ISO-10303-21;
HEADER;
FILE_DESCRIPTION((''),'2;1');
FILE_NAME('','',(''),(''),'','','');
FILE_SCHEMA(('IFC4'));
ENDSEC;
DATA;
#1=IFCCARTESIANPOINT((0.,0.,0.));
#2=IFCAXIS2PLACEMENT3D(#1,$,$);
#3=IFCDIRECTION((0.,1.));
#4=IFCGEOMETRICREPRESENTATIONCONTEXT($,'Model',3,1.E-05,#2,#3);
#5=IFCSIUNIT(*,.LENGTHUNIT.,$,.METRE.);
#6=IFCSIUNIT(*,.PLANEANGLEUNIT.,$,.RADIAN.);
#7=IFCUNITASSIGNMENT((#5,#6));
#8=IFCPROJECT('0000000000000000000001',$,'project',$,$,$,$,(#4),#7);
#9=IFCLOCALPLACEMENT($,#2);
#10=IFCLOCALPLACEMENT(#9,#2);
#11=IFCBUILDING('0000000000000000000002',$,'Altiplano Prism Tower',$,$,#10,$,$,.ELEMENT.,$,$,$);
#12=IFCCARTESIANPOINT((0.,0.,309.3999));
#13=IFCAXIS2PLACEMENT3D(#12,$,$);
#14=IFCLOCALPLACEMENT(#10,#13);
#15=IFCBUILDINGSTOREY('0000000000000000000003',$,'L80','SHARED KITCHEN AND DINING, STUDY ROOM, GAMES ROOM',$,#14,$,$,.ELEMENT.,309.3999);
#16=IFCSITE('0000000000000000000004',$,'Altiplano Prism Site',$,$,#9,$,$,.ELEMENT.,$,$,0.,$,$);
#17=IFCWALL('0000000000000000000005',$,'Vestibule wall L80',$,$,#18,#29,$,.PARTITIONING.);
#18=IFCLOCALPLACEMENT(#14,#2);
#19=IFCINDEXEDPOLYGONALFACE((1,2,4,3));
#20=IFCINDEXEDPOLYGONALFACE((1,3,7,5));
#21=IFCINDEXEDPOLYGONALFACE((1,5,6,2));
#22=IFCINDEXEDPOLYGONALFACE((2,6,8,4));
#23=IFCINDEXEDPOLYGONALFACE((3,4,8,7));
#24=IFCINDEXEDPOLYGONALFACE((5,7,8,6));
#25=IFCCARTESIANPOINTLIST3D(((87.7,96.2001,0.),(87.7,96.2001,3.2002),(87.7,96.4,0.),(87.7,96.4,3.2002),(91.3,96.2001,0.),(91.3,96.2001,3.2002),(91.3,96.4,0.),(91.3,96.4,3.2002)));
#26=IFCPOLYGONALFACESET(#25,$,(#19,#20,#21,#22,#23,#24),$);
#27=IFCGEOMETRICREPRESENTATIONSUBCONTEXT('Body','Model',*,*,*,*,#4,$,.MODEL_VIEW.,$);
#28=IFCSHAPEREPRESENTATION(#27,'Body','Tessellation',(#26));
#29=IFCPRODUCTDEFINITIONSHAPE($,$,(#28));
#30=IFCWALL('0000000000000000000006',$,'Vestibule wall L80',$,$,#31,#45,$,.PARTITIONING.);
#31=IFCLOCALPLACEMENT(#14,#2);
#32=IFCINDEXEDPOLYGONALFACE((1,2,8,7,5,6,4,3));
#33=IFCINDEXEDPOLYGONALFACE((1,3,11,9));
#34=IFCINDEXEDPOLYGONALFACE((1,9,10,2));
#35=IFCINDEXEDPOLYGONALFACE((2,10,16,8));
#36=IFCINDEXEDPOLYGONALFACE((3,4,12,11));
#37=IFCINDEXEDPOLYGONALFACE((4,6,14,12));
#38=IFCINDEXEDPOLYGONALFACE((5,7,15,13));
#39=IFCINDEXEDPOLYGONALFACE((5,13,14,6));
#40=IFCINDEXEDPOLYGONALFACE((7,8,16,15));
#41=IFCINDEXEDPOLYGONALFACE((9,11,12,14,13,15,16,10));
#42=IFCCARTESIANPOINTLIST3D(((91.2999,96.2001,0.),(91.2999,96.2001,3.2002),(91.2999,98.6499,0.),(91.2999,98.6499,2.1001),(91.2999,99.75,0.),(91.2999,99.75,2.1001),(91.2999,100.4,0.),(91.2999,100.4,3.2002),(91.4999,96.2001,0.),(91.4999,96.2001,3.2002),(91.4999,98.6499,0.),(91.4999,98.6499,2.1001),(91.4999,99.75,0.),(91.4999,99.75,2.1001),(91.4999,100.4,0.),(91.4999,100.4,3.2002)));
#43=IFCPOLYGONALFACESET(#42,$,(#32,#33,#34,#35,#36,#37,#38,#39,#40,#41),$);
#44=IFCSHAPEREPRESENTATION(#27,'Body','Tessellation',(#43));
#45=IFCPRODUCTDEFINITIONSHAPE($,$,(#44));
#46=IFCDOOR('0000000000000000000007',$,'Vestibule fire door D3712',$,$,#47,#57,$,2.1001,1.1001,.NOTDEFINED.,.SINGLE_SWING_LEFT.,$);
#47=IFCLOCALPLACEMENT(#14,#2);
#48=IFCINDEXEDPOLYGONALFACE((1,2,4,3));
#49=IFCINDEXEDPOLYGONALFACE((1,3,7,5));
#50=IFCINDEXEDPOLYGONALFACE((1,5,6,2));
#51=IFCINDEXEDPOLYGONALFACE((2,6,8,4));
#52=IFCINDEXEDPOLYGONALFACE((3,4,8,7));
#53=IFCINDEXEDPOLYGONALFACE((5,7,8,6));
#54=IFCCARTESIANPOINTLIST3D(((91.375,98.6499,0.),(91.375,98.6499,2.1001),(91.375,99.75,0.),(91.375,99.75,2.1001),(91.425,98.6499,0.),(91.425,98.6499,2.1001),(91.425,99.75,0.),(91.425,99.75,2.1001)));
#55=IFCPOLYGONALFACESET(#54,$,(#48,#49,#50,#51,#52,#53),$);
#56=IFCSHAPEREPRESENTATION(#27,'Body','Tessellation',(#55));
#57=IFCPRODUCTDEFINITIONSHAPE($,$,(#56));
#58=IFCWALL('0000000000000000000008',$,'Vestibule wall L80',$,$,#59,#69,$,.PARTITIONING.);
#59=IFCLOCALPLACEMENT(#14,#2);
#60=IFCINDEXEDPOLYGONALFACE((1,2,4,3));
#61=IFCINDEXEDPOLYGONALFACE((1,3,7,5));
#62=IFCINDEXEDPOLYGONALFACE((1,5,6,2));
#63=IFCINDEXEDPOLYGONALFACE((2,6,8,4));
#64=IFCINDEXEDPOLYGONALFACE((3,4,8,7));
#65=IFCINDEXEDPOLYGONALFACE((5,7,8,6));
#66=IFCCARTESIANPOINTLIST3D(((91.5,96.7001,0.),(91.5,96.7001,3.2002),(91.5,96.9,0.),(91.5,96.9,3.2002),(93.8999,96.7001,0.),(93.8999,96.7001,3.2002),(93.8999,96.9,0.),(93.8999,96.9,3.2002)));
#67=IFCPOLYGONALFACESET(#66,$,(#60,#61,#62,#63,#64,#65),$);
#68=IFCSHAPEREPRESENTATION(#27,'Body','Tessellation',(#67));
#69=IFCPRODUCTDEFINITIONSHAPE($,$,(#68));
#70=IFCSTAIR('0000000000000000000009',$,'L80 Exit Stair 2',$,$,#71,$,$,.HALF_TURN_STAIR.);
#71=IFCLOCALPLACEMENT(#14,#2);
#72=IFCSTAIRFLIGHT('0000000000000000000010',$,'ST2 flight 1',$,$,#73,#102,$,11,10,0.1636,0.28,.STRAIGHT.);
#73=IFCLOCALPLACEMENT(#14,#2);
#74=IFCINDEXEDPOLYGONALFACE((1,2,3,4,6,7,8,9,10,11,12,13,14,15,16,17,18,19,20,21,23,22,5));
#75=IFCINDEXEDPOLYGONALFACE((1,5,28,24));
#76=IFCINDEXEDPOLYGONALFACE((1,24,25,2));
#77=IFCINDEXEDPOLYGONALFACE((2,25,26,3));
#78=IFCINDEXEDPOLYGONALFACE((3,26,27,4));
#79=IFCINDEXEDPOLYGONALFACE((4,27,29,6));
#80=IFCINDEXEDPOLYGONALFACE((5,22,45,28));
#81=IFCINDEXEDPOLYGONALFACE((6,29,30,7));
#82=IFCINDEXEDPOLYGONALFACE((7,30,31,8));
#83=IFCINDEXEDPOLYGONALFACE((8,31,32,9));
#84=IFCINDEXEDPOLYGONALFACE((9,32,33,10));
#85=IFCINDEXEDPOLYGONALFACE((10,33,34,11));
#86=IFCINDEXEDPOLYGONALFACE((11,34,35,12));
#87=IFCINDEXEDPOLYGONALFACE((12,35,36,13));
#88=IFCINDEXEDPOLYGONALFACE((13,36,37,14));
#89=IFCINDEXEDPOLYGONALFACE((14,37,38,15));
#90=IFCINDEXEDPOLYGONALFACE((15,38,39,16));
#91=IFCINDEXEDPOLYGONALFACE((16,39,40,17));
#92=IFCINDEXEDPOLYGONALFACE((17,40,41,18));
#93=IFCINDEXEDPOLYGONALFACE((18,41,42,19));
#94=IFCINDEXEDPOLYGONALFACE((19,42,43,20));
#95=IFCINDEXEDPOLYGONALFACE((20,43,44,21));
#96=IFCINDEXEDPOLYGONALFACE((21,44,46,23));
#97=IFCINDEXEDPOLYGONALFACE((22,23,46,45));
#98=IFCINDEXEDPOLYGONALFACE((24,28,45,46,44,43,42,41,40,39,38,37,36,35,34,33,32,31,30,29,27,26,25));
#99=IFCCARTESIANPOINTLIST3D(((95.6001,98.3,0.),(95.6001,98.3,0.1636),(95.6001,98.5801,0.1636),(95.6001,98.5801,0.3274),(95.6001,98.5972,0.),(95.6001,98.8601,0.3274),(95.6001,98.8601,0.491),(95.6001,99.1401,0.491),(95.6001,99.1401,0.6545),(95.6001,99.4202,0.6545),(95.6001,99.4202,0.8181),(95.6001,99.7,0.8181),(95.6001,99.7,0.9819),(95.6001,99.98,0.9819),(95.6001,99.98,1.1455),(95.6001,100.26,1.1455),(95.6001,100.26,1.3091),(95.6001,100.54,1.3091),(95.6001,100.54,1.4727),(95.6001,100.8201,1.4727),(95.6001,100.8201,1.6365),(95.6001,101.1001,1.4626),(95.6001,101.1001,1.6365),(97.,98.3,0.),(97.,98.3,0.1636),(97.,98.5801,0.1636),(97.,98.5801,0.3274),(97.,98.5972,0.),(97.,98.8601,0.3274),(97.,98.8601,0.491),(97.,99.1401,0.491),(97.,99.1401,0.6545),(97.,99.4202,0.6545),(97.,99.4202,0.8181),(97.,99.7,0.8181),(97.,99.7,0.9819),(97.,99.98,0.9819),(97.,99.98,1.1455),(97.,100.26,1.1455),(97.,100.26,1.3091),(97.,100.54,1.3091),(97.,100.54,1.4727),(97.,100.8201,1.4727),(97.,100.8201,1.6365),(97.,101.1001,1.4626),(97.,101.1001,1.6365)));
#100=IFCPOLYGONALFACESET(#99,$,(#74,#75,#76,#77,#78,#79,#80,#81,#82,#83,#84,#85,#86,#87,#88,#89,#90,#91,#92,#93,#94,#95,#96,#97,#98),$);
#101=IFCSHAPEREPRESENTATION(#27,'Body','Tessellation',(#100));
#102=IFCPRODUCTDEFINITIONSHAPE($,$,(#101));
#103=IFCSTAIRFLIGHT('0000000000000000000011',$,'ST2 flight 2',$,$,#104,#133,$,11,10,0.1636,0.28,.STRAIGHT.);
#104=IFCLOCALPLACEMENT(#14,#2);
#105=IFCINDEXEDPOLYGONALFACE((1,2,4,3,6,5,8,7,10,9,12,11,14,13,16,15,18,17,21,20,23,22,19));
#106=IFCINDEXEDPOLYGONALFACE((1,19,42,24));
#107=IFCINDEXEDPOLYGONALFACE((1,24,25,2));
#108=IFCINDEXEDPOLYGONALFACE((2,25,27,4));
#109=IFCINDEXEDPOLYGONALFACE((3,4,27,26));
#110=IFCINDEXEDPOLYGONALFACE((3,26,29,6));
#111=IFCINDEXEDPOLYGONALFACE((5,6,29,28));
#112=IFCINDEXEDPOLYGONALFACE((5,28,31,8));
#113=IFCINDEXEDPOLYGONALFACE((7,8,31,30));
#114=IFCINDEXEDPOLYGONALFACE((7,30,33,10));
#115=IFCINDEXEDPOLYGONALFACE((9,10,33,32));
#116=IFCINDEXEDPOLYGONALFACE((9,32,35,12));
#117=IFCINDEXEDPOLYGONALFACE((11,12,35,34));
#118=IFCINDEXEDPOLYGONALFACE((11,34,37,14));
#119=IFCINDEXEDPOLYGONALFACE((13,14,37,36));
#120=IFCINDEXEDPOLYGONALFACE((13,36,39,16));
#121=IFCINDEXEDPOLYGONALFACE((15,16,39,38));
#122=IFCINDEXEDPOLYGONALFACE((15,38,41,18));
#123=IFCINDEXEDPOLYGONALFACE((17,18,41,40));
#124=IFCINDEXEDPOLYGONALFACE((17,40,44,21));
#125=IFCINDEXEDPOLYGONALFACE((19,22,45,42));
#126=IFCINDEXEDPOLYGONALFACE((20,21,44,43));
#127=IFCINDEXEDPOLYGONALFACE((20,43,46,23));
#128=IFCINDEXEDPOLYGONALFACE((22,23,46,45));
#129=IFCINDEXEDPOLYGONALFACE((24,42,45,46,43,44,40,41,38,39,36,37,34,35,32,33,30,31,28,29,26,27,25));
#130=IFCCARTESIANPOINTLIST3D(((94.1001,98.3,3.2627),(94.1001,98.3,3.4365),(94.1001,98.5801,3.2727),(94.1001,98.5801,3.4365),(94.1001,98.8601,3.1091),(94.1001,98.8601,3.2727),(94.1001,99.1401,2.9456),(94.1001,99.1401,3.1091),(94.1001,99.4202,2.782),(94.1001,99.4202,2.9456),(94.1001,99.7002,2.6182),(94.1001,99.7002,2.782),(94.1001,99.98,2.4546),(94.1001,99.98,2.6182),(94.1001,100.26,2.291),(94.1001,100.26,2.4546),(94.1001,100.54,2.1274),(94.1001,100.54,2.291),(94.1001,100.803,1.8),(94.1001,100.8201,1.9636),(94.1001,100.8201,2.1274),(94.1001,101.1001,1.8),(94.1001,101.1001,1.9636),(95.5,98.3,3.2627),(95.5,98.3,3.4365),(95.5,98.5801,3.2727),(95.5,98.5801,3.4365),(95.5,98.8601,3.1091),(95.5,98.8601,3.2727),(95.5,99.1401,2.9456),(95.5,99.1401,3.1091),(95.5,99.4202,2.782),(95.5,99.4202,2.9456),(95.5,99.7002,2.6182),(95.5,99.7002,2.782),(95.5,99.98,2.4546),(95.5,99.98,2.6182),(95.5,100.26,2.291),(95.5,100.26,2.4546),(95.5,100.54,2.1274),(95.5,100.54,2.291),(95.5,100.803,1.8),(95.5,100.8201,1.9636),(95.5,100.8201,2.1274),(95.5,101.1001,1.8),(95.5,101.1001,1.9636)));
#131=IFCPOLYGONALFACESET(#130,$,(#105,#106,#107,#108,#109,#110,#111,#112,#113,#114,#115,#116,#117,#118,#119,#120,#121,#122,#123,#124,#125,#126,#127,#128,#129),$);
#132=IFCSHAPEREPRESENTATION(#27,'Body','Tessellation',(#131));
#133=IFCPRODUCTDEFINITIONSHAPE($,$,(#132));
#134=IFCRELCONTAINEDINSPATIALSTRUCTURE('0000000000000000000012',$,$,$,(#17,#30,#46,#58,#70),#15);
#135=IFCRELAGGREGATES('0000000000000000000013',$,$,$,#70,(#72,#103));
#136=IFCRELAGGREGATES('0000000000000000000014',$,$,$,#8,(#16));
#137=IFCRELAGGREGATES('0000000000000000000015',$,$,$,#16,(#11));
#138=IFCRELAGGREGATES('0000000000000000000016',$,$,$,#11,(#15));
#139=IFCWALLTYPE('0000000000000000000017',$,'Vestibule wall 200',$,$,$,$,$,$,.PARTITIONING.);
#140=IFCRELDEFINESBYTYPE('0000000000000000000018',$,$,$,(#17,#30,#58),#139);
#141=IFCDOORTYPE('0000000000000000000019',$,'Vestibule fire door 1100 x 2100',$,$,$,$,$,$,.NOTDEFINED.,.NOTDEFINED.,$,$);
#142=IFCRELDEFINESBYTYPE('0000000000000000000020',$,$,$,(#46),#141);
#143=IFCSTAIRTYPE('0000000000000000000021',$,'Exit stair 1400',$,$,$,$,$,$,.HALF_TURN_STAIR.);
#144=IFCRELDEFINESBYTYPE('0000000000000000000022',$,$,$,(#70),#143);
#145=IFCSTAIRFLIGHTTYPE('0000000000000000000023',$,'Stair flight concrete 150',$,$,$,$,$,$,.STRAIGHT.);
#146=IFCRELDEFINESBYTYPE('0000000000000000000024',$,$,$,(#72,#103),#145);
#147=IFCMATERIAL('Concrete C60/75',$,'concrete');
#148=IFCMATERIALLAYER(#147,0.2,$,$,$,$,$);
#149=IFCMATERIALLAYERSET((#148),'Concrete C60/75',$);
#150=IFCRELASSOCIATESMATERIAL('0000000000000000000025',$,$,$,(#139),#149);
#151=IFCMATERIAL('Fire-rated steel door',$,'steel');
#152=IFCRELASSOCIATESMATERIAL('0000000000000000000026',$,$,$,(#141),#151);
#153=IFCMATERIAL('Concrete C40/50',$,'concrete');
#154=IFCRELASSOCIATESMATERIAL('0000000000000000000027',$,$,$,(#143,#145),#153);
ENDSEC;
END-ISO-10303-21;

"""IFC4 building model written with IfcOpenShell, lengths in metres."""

from ifc_helpers import new_model, si_unit, direction, frame, frame_2d, origin, place, context, subcontext, project, spatial, polyline, rectangle, outline, extrude, material, layer, layer_set, type_object, element, fill, aggregate, save


model = new_model("IFC4")

# Units and contexts
model_context = context("Model", 3, precision=1e-05, world=origin(), true_north=direction((0.0, 1.0)))
body_context = subcontext(model_context, "Body", "Model", "MODEL_VIEW")
ifc_project = project(units=[si_unit("LENGTHUNIT", "METRE"), si_unit("PLANEANGLEUNIT", "RADIAN")], contexts=[model_context])

# Site, building, storey
site_placement = place(None, origin())
site = spatial("IfcSite", under=ifc_project, at=site_placement, Name="Altiplano Prism Site", CompositionType="ELEMENT", RefElevation=0.0)
building_placement = place(site_placement, origin())
building = spatial("IfcBuilding", under=site, at=building_placement, Name="Altiplano Prism Tower", CompositionType="ELEMENT")
storey_placement = place(building_placement, frame((0.0, 0.0, 309.3999)))
storey = spatial("IfcBuildingStorey", under=building, at=storey_placement, Name="L80", Description="SHARED KITCHEN AND DINING, STUDY ROOM, GAMES ROOM", CompositionType="ELEMENT", Elevation=309.3999)

# Shared definitions
ifc_material_1 = material(Name="Concrete C60/75", Category="concrete")

# Shared definitions
ifc_material_2 = material(Name="Fire-rated steel door", Category="steel")

# Shared definitions
ifc_layer_1 = layer(ifc_material_1, 0.2)
ifc_layer_set_1 = layer_set([ifc_layer_1], Name="Concrete C60/75")
wall_type_1 = type_object("IfcWallType", Name="Vestibule wall 200", PredefinedType="PARTITIONING", material=ifc_layer_set_1)

# Shared definitions
door_type_1 = type_object("IfcDoorType", Name="Vestibule fire door 1100 x 2100", OperationType="NOTDEFINED", PredefinedType="NOTDEFINED", material=ifc_material_2)

# Wall
wall_1_placement = place(storey_placement, frame((87.7, 96.3, 0.0), z_axis=(0.0, 0.0, 1.0), x_axis=(1.0, 0.0, 0.0)))
element("IfcWall", 1, at=wall_1_placement, inside=storey, type_object=wall_type_1, Name="Vestibule wall L80", PredefinedType="PARTITIONING", context=body_context, shape_type="SweptSolid", body=[
    extrude(rectangle(XDim=3.6001, YDim=0.2, at=frame_2d((1.8, 0.0))), origin(), (0.0, 0.0, 1.0), 3.2002),
])

# Wall, opening, door
wall_2_placement = place(storey_placement, frame((91.3999, 96.2, 0.0), z_axis=(0.0, 0.0, 1.0), x_axis=(0.0, 1.0, 0.0)))
wall_2 = element("IfcWall", 2, at=wall_2_placement, inside=storey, type_object=wall_type_1, Name="Vestibule wall L80", PredefinedType="PARTITIONING", context=body_context, shape_type="SweptSolid", body=[
    extrude(rectangle(XDim=4.2, YDim=0.2, at=frame_2d((2.1001, 0.0))), origin(), (0.0, 0.0, 1.0), 3.2002),
])
opening_1_placement = place(wall_2_placement, frame((2.45, 0.0, 0.0)))
opening_1 = element("IfcOpeningElement", 3, at=opening_1_placement, cuts=wall_2, PredefinedType="OPENING", context=body_context, shape_type="SweptSolid", body=[
    extrude(rectangle(XDim=1.1001, YDim=2.1001, at=frame_2d((0.55, 1.05))), frame((0.0, 0.1104, 0.0), z_axis=(0.0, -1.0, 0.0), x_axis=(1.0, 0.0, 0.0)), (0.0, 0.0, 1.0), 0.2209),
])
door_1_placement = place(opening_1_placement, origin())
door_1 = element("IfcDoor", 4, at=door_1_placement, inside=storey, type_object=door_type_1, Name="Vestibule fire door D3712", OperationType="SINGLE_SWING_LEFT", OverallHeight=2.1001, OverallWidth=1.1001, PredefinedType="NOTDEFINED", context=body_context, shape_type="SweptSolid", body=[
    extrude(rectangle(XDim=1.1001, YDim=2.1001, at=frame_2d((0.55, 1.05))), frame((0.0, 0.0249, 0.0), z_axis=(0.0, -1.0, 0.0), x_axis=(1.0, 0.0, 0.0)), (0.0, 0.0, 1.0), 0.05),
])
fill(opening_1, door_1)

# Wall
wall_3_placement = place(storey_placement, frame((91.5, 96.8, 0.0), z_axis=(0.0, 0.0, 1.0), x_axis=(1.0, 0.0, 0.0)))
element("IfcWall", 5, at=wall_3_placement, inside=storey, type_object=wall_type_1, Name="Vestibule wall L80", PredefinedType="PARTITIONING", context=body_context, shape_type="SweptSolid", body=[
    extrude(rectangle(XDim=2.3999, YDim=0.2, at=frame_2d((1.2, 0.0))), origin(), (0.0, 0.0, 1.0), 3.2002),
])

# Stair, stair flights
ifc_material_3 = material(Name="Concrete C40/50", Category="concrete")
stair_type = type_object("IfcStairType", Name="Exit stair 1400", PredefinedType="HALF_TURN_STAIR", material=ifc_material_3)
stair_placement = place(storey_placement, origin())
stair = element("IfcStair", 6, at=stair_placement, inside=storey, type_object=stair_type, Name="L80 Exit Stair 2", PredefinedType="HALF_TURN_STAIR")
stair_flight_type = type_object("IfcStairFlightType", Name="Stair flight concrete 150", PredefinedType="STRAIGHT", material=ifc_material_3)
stair_flight_1_placement = place(storey_placement, frame((96.3, 98.3, 0.0), z_axis=(0.0, 0.0, 1.0), x_axis=(0.0, 1.0, 0.0)))
stair_flight_1 = element("IfcStairFlight", 7, at=stair_flight_1_placement, type_object=stair_flight_type, Name="ST2 flight 1", NumberOfRisers=11, NumberOfTreads=10, PredefinedType="STRAIGHT", RiserHeight=0.1636, TreadLength=0.28, context=body_context, shape_type="SweptSolid", body=[
    extrude(outline(polyline([(0.0, 0.0), (0.0, 0.1636), (0.28, 0.1636), (0.28, 0.3274), (0.5601, 0.3274), (0.5601, 0.491), (0.8401, 0.491), (0.8401, 0.6545), (1.1201, 0.6545), (1.1201, 0.8181), (1.3999, 0.8181), (1.3999, 0.9819), (1.6799, 0.9819), (1.6799, 1.1455), (1.96, 1.1455), (1.96, 1.3091), (2.24, 1.3091), (2.24, 1.4727), (2.52, 1.4727), (2.52, 1.6365), (2.8, 1.6365), (2.8, 1.8), (2.8, 1.4626), (0.2971, 0.0), (0.0, 0.0)])), frame((0.0, 0.7, 0.0), z_axis=(0.0, -1.0, 0.0), x_axis=(1.0, 0.0, 0.0)), (0.0, 0.0, 1.0), 1.3999),
])
stair_flight_2_placement = place(storey_placement, frame((94.8, 101.1001, 1.8), z_axis=(0.0, 0.0, 1.0), x_axis=(0.0, -1.0, 0.0)))
stair_flight_2 = element("IfcStairFlight", 8, at=stair_flight_2_placement, type_object=stair_flight_type, Name="ST2 flight 2", NumberOfRisers=11, NumberOfTreads=10, PredefinedType="STRAIGHT", RiserHeight=0.1636, TreadLength=0.28, context=body_context, shape_type="SweptSolid", body=[
    extrude(outline(polyline([(0.0, 0.0), (0.0, 0.1636), (0.28, 0.1636), (0.28, 0.3274), (0.5601, 0.3274), (0.5601, 0.491), (0.8401, 0.491), (0.8401, 0.6545), (1.1201, 0.6545), (1.1201, 0.8181), (1.3999, 0.8181), (1.3999, 0.9819), (1.6799, 0.9819), (1.6799, 1.1455), (1.96, 1.1455), (1.96, 1.3091), (2.24, 1.3091), (2.24, 1.4727), (2.52, 1.4727), (2.52, 1.6365), (2.8, 1.6365), (2.8, 1.8), (2.8, 1.4626), (0.2971, 0.0), (0.0, 0.0)])), frame((0.0, 0.7, 0.0), z_axis=(0.0, -1.0, 0.0), x_axis=(1.0, 0.0, 0.0)), (0.0, 0.0, 1.0), 1.3999),
])
aggregate(stair, [stair_flight_1, stair_flight_2])

save(model, "model.ifc")
